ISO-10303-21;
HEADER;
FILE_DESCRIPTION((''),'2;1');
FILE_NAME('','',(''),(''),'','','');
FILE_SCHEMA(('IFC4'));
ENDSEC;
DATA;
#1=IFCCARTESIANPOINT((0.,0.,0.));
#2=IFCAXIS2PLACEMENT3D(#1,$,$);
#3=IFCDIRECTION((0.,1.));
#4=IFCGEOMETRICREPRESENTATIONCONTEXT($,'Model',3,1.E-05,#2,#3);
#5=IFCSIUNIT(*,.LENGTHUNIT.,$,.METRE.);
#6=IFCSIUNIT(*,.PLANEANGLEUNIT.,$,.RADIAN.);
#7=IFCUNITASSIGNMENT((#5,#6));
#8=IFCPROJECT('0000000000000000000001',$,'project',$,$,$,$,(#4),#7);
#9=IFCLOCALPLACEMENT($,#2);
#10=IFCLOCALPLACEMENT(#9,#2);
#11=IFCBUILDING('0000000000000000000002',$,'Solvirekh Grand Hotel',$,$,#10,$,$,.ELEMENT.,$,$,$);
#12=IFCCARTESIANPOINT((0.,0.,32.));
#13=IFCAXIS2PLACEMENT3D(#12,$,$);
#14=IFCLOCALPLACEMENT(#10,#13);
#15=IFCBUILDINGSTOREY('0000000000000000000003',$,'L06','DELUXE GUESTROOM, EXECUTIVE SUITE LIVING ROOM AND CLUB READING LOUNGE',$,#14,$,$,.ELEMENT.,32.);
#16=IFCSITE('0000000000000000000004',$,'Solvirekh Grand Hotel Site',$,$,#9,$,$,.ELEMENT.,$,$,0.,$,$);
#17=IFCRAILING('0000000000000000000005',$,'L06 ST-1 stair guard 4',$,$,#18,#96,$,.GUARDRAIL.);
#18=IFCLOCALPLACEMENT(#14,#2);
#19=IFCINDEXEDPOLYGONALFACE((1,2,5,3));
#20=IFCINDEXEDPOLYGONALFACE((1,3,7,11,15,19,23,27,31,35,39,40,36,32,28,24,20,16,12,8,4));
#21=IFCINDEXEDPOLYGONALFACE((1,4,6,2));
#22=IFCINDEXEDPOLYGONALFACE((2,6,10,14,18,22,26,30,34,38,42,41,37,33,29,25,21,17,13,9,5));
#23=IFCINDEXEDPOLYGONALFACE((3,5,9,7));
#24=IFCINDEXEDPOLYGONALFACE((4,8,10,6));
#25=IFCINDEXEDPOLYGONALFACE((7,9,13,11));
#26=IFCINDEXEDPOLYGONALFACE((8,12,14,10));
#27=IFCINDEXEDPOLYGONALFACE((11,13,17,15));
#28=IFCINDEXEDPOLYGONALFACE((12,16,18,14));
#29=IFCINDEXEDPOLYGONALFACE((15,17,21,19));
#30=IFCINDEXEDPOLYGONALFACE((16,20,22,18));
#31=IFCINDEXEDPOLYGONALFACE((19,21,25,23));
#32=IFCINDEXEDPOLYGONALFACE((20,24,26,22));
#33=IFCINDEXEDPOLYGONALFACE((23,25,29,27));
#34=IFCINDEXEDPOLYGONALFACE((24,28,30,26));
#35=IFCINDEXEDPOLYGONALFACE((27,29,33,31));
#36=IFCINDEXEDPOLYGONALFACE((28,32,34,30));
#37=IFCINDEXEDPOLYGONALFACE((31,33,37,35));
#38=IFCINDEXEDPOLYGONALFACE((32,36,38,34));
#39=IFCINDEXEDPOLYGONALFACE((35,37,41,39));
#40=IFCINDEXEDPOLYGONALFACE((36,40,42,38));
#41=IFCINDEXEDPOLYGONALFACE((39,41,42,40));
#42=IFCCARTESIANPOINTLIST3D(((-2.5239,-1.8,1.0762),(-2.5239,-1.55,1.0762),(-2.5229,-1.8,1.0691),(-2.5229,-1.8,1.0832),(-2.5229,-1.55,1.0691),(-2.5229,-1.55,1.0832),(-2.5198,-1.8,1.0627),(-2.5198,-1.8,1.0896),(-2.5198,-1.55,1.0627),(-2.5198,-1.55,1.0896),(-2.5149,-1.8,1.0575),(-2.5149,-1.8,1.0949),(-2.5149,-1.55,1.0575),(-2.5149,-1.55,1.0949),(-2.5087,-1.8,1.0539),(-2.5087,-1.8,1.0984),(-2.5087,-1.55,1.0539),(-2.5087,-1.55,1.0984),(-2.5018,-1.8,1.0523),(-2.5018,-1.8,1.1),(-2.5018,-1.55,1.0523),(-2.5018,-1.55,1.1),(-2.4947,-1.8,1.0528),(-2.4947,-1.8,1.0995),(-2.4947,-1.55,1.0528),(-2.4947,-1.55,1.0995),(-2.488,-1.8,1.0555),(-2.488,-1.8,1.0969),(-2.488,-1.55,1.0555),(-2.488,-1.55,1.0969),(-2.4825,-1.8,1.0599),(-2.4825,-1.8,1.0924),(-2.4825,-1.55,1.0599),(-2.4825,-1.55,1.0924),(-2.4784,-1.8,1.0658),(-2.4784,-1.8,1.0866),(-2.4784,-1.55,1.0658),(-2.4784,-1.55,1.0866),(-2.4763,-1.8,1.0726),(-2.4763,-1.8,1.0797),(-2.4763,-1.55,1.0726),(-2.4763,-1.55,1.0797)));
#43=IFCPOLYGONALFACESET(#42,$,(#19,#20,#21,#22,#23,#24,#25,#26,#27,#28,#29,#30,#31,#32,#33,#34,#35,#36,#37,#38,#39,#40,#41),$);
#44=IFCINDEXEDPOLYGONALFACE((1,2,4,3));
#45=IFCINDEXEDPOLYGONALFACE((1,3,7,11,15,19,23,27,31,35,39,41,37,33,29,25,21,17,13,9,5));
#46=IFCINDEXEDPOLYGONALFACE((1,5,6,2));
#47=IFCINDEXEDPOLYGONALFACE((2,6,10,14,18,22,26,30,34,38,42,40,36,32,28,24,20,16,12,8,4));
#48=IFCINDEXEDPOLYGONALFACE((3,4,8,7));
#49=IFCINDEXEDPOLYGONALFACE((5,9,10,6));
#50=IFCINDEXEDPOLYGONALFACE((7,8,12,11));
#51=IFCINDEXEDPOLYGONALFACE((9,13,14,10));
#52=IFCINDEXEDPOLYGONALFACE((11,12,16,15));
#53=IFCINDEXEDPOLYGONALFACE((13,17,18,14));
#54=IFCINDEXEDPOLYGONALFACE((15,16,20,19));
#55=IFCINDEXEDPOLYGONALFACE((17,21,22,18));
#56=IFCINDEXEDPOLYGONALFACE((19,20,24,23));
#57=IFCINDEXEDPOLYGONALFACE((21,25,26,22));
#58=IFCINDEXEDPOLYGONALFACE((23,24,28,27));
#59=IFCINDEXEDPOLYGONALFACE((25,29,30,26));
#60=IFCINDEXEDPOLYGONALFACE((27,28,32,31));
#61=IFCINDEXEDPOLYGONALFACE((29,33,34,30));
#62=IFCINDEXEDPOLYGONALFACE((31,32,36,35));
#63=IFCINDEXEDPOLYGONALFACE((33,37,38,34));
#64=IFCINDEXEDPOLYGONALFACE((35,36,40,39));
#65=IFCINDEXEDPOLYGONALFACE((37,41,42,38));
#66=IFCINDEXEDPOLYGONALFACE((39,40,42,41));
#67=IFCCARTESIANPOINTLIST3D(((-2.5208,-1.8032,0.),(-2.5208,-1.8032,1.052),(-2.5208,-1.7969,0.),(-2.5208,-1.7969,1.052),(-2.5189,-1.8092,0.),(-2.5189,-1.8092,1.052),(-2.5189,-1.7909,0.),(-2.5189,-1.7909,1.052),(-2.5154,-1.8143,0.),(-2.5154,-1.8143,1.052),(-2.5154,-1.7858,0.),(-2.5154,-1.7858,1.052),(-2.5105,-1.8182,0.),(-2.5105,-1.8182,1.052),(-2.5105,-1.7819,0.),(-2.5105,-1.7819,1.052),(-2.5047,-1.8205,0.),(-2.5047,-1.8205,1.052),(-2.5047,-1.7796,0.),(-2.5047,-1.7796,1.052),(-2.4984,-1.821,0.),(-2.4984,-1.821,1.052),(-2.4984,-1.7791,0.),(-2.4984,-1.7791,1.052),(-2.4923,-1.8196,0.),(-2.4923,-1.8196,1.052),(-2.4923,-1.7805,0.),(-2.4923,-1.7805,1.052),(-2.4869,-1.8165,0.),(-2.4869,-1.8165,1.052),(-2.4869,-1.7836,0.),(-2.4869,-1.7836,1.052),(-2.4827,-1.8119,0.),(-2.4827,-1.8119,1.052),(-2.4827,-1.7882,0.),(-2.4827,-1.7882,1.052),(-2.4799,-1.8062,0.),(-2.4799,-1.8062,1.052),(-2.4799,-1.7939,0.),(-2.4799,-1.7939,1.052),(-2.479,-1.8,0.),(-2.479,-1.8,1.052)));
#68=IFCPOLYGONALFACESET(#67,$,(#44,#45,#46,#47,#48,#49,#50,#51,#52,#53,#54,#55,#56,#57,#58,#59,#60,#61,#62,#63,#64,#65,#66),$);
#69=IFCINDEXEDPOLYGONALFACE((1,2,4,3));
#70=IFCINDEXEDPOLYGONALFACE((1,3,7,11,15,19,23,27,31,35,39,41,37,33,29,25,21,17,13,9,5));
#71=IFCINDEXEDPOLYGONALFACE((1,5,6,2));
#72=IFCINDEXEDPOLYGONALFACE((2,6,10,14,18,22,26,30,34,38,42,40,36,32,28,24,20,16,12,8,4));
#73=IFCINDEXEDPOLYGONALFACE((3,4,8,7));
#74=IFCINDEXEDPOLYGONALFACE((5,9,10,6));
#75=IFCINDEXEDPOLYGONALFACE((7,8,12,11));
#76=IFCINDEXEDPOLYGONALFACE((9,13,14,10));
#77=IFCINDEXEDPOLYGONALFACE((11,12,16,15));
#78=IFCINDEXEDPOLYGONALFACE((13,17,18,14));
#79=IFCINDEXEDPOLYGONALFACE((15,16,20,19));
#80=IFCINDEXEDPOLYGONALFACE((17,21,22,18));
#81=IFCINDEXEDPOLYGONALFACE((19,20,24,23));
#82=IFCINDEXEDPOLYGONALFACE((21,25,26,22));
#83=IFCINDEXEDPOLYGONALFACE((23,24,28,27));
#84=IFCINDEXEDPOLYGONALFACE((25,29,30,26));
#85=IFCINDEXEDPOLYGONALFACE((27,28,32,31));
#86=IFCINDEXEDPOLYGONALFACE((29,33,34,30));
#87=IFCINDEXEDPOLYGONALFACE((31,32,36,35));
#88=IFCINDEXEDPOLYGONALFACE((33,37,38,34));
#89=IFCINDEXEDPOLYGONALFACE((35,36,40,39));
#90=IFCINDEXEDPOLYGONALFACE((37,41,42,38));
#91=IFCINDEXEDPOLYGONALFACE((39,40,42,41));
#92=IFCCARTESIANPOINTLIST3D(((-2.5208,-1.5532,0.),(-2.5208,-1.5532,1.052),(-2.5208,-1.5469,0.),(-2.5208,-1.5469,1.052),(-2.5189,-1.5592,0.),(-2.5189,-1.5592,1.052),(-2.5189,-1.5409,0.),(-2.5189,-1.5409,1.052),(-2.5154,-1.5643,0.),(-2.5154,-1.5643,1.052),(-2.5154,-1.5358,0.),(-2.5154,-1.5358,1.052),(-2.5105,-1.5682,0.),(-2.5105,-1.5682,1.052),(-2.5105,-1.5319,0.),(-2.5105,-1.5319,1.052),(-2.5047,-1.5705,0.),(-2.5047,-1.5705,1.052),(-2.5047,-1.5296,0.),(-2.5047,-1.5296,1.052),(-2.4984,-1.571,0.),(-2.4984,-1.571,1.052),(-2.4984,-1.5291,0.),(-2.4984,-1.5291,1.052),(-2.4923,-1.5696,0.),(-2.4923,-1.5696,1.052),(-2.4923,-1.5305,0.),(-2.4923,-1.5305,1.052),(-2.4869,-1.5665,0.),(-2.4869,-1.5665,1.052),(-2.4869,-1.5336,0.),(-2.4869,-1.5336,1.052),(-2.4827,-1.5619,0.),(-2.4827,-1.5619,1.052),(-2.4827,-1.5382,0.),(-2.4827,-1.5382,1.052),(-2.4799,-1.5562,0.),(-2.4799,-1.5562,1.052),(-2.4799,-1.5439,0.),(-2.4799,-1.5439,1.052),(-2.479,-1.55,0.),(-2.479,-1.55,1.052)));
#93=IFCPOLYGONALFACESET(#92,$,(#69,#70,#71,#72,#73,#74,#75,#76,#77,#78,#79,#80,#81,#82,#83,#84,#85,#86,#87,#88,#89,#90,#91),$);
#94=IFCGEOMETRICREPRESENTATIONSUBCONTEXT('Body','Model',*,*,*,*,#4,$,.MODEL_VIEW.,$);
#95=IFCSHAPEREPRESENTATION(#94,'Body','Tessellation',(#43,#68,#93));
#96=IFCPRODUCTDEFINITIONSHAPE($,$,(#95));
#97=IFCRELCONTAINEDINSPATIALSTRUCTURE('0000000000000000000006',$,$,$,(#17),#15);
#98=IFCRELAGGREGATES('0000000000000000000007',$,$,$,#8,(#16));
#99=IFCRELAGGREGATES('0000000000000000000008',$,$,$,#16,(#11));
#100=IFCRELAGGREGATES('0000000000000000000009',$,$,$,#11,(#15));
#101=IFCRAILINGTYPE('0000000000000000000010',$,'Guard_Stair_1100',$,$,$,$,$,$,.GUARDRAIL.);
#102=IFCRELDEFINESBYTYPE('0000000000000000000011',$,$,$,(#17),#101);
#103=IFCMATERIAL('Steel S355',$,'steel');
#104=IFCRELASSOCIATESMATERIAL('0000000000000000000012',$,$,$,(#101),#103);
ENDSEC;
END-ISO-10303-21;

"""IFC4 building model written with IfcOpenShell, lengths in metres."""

from ifc_helpers import new_model, si_unit, direction, frame, origin, origin_2d, place, context, subcontext, project, spatial, circle, extrude, material, type_object, element, save


model = new_model("IFC4")

# Units and contexts
model_context = context("Model", 3, precision=1e-05, world=origin(), true_north=direction((0.0, 1.0)))
body_context = subcontext(model_context, "Body", "Model", "MODEL_VIEW")
ifc_project = project(units=[si_unit("LENGTHUNIT", "METRE"), si_unit("PLANEANGLEUNIT", "RADIAN")], contexts=[model_context])

# Site, building, storey
site_placement = place(None, origin())
site = spatial("IfcSite", under=ifc_project, at=site_placement, Name="Solvirekh Grand Hotel Site", CompositionType="ELEMENT", RefElevation=0.0)
building_placement = place(site_placement, origin())
building = spatial("IfcBuilding", under=site, at=building_placement, Name="Solvirekh Grand Hotel", CompositionType="ELEMENT")
storey_placement = place(building_placement, frame((0.0, 0.0, 32.0)))
storey = spatial("IfcBuildingStorey", under=building, at=storey_placement, Name="L06", Description="DELUXE GUESTROOM, EXECUTIVE SUITE LIVING ROOM AND CLUB READING LOUNGE", CompositionType="ELEMENT", Elevation=32.0)

# Shared definitions
ifc_material_1 = material(Name="Steel S355", Category="steel")

# Railing
railing_type_1 = type_object("IfcRailingType", Name="Guard_Stair_1100", PredefinedType="GUARDRAIL", material=ifc_material_1)
railing_1_placement = place(storey_placement, frame((-2.5, -1.8, 0.0)))
element("IfcRailing", 1, at=railing_1_placement, inside=storey, type_object=railing_type_1, Name="L06 ST-1 stair guard 4", PredefinedType="GUARDRAIL", context=body_context, shape_type="SweptSolid", body=[
    extrude(circle(Radius=0.0239, at=origin_2d()), frame((0.0, 0.0, 1.0762), z_axis=(0.0, 1.0, 0.0), x_axis=(-1.0, 0.0, 0.0)), (0.0, 0.0, 1.0), 0.25),
    extrude(circle(Radius=0.021, at=origin_2d()), origin(), (0.0, 0.0, 1.0), 1.052),
    extrude(circle(Radius=0.021, at=origin_2d()), frame((0.0, 0.25, 0.0)), (0.0, 0.0, 1.0), 1.052),
])

save(model, "model.ifc")
